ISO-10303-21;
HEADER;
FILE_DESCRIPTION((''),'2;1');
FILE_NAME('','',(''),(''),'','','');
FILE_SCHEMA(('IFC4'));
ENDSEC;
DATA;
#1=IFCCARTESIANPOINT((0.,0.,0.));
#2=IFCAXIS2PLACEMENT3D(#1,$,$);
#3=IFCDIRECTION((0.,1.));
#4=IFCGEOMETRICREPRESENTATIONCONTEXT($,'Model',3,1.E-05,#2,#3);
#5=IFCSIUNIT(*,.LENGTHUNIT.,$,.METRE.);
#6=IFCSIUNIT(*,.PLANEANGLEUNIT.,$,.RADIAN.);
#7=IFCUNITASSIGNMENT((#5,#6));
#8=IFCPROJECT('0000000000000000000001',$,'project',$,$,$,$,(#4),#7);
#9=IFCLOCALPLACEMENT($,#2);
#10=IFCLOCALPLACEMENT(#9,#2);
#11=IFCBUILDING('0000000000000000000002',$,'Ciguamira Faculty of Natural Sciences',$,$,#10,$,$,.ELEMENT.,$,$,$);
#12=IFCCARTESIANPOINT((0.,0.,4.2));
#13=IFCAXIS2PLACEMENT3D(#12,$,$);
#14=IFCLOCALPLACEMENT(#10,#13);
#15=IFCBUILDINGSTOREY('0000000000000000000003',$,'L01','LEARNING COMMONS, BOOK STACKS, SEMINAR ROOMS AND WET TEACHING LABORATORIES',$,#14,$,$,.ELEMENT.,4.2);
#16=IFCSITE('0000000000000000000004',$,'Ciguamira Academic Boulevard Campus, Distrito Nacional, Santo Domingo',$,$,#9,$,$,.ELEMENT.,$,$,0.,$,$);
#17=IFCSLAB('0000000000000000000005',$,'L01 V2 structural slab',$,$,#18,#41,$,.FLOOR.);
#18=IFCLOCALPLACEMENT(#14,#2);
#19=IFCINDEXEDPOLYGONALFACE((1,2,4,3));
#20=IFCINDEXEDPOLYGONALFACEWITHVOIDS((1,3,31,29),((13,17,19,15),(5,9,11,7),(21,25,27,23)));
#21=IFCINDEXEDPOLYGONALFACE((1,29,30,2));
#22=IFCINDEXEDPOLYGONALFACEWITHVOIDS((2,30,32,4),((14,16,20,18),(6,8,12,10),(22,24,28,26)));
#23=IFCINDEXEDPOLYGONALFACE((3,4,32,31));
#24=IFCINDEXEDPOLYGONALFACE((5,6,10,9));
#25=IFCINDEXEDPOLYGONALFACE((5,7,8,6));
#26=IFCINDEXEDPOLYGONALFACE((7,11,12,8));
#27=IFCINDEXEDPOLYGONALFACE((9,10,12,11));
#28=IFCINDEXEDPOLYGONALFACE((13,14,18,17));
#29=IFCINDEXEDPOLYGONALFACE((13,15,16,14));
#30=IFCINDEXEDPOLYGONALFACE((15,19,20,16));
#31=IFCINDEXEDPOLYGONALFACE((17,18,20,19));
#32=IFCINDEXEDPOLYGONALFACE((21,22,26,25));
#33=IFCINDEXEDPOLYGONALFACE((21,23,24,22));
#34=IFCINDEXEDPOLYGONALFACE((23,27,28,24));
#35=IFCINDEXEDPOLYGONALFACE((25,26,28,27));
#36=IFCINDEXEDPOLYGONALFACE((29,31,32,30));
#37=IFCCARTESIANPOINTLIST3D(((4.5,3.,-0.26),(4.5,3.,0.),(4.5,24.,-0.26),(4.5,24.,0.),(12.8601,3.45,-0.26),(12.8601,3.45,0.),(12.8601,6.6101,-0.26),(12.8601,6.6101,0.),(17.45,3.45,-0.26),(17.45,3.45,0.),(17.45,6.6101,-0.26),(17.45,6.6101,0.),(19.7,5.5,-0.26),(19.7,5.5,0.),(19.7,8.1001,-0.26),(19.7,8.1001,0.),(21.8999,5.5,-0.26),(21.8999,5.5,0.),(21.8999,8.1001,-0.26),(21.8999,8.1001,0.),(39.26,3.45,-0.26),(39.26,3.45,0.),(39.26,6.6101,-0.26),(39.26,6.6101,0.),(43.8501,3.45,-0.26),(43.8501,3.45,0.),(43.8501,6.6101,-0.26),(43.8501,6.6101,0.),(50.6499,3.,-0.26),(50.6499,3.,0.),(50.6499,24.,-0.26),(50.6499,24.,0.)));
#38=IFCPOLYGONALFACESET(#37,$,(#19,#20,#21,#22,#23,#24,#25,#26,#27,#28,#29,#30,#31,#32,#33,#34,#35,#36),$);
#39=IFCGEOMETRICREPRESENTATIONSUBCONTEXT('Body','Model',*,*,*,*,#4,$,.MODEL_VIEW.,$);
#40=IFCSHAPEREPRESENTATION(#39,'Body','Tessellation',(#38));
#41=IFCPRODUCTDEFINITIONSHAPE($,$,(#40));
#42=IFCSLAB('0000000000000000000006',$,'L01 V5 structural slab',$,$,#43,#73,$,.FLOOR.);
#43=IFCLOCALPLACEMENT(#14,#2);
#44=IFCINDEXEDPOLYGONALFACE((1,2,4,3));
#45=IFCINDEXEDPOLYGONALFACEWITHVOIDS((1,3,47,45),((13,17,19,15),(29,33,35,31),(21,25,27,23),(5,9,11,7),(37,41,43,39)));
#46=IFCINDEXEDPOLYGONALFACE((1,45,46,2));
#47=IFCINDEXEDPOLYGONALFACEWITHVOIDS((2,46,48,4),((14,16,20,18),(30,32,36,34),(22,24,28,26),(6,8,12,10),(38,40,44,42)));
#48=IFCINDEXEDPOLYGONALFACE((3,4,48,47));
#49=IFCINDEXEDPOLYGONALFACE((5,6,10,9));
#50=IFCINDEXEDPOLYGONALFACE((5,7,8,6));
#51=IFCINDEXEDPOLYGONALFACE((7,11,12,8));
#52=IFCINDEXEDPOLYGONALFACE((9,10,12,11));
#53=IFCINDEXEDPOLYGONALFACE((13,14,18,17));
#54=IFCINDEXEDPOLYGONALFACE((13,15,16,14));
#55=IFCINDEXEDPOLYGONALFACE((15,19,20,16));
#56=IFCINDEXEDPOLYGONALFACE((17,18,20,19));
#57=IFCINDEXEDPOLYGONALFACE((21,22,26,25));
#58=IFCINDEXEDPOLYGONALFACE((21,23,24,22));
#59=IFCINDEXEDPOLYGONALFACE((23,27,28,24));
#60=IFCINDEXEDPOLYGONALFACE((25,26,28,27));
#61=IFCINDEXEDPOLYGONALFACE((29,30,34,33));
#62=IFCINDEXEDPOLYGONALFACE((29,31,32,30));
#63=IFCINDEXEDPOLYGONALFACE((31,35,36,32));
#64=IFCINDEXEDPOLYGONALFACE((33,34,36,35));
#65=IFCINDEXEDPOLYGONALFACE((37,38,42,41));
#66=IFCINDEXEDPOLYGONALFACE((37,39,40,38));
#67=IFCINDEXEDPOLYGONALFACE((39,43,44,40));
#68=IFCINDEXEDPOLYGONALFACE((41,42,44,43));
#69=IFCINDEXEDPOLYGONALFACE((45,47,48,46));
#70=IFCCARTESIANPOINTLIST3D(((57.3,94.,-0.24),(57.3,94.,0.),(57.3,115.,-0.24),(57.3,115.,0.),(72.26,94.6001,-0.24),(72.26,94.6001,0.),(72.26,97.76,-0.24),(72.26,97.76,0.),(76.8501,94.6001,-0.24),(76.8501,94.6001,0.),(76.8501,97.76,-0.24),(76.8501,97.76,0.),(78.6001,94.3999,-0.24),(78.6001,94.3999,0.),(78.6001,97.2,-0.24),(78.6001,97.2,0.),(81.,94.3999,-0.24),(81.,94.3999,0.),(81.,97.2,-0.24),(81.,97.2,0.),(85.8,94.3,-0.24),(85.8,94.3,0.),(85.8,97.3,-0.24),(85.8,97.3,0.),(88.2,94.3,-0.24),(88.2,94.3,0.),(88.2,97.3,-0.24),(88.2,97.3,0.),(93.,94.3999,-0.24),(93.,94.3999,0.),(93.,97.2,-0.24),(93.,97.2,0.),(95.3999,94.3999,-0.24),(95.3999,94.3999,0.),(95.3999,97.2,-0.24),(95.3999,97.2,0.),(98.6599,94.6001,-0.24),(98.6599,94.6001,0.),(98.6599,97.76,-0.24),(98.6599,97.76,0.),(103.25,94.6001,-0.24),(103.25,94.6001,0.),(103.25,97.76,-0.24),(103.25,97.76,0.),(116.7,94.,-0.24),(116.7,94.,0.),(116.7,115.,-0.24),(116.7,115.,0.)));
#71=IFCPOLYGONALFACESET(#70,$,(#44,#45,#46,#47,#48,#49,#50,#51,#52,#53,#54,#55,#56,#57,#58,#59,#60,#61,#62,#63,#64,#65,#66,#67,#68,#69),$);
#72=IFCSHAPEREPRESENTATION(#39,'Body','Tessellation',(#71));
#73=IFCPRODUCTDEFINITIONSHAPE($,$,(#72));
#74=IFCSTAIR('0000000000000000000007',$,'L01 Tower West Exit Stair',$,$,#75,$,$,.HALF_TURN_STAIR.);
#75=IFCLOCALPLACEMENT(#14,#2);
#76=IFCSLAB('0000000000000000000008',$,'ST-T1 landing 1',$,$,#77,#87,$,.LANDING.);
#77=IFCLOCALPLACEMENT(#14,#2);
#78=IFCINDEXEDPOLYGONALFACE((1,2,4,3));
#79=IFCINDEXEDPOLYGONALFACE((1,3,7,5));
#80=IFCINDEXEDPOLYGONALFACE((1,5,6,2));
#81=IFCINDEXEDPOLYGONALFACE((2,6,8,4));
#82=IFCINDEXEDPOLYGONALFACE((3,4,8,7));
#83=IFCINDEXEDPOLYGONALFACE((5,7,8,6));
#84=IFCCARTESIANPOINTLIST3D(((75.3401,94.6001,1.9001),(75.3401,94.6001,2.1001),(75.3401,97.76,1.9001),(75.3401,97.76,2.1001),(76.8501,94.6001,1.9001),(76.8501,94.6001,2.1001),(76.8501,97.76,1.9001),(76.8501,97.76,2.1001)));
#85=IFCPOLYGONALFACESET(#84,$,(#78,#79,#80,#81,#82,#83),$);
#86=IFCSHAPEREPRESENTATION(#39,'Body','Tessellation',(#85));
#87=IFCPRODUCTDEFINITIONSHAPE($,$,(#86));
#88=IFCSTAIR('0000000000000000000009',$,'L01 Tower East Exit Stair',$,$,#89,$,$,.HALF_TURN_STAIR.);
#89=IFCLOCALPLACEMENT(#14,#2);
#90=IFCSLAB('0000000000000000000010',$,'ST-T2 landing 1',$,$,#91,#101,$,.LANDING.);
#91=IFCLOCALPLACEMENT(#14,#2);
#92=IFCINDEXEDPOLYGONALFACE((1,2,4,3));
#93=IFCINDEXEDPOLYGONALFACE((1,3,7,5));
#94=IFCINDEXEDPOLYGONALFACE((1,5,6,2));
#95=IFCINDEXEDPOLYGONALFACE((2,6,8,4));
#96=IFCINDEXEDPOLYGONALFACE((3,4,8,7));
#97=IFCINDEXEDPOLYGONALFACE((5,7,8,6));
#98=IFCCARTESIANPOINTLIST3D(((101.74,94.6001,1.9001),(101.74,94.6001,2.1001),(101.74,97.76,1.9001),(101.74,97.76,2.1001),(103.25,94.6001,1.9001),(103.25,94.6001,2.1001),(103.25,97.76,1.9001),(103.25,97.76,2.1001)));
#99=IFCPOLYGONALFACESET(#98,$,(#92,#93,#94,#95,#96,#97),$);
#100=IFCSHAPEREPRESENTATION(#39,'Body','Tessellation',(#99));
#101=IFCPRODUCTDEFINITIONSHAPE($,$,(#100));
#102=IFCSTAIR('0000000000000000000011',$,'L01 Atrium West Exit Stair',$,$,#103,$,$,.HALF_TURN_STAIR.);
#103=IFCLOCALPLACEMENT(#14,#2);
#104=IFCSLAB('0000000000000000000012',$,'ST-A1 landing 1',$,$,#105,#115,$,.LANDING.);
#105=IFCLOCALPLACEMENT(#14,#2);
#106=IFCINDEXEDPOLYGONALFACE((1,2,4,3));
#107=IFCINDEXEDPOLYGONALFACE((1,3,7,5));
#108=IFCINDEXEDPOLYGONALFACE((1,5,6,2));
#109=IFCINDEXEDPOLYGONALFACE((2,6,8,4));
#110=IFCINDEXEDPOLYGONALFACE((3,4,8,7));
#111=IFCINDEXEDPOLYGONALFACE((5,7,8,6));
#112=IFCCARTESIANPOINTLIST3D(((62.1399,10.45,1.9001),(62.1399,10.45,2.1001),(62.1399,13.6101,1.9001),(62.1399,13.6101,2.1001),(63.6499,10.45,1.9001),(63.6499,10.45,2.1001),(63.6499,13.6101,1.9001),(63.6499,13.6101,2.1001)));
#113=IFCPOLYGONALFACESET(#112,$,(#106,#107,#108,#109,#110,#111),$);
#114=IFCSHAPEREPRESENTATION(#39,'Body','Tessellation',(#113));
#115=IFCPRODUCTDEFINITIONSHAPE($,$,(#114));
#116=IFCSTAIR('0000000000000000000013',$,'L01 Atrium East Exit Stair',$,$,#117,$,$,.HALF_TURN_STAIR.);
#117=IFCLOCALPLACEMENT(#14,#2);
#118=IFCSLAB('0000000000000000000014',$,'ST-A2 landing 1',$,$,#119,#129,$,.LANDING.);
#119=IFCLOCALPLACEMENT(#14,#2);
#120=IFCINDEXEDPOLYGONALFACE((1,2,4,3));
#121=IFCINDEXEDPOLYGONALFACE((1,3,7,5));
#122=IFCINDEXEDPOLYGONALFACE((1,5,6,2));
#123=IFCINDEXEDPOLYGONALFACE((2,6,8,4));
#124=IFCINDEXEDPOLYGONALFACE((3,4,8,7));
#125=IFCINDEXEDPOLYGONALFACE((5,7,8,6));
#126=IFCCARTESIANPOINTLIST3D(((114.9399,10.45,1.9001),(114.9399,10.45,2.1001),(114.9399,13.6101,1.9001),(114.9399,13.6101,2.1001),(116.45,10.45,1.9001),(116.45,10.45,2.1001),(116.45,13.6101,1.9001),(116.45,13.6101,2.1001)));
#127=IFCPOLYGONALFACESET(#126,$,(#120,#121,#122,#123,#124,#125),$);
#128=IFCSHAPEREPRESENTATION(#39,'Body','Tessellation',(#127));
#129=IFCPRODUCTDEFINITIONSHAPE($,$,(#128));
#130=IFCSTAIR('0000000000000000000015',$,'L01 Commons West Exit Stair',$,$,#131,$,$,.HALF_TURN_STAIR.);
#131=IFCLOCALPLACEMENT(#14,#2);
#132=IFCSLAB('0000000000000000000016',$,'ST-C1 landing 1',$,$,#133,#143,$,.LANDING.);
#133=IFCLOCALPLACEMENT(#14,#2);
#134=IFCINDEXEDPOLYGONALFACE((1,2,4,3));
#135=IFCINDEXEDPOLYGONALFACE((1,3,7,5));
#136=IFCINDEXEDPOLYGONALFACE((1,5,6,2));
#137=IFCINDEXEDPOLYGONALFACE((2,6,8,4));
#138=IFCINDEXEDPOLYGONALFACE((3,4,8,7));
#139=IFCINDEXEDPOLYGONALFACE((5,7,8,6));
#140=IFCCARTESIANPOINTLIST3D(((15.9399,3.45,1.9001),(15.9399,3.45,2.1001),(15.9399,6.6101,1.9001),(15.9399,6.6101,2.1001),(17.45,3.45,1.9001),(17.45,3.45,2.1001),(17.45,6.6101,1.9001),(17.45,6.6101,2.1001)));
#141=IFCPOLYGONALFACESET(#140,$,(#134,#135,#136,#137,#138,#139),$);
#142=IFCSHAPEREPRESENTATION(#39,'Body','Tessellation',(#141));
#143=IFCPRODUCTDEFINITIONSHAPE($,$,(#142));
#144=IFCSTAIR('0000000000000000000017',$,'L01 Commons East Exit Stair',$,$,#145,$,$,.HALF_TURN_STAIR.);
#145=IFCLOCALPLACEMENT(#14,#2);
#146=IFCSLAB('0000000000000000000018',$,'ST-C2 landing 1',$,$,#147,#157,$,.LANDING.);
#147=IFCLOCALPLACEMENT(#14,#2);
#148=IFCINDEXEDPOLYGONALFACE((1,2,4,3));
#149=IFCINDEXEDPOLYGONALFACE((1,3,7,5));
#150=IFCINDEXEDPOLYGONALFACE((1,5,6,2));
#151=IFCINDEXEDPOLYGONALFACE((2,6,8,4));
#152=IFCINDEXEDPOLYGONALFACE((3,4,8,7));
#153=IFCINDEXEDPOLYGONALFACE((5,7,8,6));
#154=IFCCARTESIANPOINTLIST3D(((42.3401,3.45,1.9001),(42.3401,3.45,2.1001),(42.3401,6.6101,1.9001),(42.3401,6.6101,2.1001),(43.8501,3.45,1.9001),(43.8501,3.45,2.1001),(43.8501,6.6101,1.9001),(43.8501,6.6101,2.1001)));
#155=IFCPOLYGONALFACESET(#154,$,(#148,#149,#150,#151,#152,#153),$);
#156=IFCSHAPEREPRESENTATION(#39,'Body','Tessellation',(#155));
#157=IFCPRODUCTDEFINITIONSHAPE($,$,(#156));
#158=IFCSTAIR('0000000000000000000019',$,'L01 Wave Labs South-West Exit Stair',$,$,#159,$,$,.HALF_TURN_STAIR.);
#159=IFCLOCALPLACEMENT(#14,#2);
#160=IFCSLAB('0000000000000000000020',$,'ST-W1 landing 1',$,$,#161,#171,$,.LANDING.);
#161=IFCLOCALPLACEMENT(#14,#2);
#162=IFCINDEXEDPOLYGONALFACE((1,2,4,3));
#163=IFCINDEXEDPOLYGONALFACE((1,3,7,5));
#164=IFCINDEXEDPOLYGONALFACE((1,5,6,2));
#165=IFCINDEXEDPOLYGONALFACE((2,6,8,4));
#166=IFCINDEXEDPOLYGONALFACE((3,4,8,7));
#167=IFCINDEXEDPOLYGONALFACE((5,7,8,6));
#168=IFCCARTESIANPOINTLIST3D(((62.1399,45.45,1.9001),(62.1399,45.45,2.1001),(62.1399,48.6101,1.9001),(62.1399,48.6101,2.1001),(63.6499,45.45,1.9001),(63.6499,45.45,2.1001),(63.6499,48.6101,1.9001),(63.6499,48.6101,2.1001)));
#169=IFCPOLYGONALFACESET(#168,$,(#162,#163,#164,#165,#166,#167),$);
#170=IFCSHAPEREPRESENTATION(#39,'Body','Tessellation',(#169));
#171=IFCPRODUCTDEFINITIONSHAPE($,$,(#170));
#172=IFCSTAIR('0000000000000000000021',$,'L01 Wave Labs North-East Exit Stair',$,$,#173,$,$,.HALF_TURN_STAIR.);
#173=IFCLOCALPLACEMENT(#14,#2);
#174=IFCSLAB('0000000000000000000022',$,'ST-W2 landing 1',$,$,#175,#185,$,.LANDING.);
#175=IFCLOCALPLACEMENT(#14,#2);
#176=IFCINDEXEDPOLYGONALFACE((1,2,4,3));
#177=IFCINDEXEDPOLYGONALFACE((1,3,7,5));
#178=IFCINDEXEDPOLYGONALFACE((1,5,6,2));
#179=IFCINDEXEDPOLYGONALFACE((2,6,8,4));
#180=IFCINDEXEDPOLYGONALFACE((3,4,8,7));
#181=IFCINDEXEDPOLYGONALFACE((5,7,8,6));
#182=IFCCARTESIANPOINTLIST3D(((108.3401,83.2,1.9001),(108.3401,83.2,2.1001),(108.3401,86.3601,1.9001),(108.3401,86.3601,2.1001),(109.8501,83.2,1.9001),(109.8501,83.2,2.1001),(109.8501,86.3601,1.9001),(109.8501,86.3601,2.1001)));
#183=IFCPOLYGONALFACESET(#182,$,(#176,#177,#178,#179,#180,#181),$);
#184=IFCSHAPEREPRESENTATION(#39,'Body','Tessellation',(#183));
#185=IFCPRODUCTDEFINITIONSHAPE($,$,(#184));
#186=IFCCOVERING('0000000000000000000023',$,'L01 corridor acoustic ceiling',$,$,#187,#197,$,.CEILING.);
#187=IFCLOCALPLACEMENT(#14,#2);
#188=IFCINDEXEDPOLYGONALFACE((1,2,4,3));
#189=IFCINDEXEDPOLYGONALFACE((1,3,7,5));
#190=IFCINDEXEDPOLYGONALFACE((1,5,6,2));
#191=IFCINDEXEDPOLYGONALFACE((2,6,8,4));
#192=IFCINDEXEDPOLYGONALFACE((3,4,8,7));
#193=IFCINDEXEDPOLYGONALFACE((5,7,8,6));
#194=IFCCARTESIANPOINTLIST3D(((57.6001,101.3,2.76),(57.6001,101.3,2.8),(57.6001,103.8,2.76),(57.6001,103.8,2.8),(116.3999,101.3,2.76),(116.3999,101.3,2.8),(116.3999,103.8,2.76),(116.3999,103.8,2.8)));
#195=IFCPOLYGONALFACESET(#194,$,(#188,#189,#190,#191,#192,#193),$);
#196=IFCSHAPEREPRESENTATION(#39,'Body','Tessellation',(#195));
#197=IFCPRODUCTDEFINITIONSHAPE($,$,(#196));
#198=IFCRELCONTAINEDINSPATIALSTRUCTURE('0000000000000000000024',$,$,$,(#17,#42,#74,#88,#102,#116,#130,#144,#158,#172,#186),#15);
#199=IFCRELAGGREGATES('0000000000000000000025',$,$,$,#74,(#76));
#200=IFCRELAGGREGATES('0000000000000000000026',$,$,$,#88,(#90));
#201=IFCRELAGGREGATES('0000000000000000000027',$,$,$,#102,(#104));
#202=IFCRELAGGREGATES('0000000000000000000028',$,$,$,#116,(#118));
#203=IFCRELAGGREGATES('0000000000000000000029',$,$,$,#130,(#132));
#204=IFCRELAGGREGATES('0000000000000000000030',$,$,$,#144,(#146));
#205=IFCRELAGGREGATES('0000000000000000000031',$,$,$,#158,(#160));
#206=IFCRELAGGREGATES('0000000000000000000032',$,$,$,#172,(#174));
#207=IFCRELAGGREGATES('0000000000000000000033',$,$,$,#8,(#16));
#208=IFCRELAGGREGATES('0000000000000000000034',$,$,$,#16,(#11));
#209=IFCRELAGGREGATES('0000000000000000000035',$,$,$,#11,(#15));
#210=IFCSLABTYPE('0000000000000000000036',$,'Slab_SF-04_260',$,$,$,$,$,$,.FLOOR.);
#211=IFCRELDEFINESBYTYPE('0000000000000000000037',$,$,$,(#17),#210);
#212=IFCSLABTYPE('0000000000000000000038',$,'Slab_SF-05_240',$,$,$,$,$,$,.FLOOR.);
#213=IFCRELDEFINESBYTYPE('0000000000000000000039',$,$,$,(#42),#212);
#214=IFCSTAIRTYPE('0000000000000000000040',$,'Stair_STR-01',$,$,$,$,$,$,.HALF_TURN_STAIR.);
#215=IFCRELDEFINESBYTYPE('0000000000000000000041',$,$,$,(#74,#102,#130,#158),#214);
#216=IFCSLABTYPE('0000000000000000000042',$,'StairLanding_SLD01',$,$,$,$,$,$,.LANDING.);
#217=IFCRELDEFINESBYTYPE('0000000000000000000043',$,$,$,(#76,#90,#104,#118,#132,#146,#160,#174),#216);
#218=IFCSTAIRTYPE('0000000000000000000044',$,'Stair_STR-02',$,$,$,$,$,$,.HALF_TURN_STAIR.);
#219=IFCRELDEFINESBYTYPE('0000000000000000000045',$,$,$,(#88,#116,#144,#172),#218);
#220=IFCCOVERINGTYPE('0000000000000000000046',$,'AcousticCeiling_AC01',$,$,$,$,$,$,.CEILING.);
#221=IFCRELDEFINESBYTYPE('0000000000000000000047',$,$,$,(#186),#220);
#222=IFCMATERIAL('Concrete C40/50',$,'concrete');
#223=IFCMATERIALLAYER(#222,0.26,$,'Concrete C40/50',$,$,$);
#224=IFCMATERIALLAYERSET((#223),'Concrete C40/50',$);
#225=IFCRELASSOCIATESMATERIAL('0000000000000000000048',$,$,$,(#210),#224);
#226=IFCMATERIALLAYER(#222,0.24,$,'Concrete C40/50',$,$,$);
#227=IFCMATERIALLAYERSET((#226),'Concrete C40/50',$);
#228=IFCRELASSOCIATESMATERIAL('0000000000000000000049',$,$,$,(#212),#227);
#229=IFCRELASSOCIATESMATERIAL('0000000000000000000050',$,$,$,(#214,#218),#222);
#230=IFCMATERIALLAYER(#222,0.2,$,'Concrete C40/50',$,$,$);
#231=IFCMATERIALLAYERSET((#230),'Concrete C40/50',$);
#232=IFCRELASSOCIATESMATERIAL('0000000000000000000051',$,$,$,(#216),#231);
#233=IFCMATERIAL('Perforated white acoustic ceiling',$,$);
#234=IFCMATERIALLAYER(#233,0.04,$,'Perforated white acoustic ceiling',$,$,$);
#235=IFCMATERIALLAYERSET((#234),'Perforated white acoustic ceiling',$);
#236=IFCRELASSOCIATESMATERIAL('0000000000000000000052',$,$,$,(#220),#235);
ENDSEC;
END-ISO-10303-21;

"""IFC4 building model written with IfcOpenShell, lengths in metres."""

from ifc_helpers import new_model, si_unit, direction, frame, origin, place, context, subcontext, project, spatial, polyline, outline, extrude, material, layer, layer_set, type_object, element, aggregate, save


model = new_model("IFC4")

# Units and contexts
model_context = context("Model", 3, precision=1e-05, world=origin(), true_north=direction((0.0, 1.0)))
body_context = subcontext(model_context, "Body", "Model", "MODEL_VIEW")
ifc_project = project(units=[si_unit("LENGTHUNIT", "METRE"), si_unit("PLANEANGLEUNIT", "RADIAN")], contexts=[model_context])

# Site, building, storey
site_placement = place(None, origin())
site = spatial("IfcSite", under=ifc_project, at=site_placement, Name="Ciguamira Academic Boulevard Campus, Distrito Nacional, Santo Domingo", CompositionType="ELEMENT", RefElevation=0.0)
building_placement = place(site_placement, origin())
building = spatial("IfcBuilding", under=site, at=building_placement, Name="Ciguamira Faculty of Natural Sciences", CompositionType="ELEMENT")
storey_placement = place(building_placement, frame((0.0, 0.0, 4.2)))
storey = spatial("IfcBuildingStorey", under=building, at=storey_placement, Name="L01", Description="LEARNING COMMONS, BOOK STACKS, SEMINAR ROOMS AND WET TEACHING LABORATORIES", CompositionType="ELEMENT", Elevation=4.2)

# Slabs
ifc_material_1 = material(Name="Concrete C40/50", Category="concrete")
ifc_layer_1 = layer(ifc_material_1, 0.26, Name="Concrete C40/50")
ifc_layer_set_1 = layer_set([ifc_layer_1], Name="Concrete C40/50")
slab_type_1 = type_object("IfcSlabType", Name="Slab_SF-04_260", PredefinedType="FLOOR", material=ifc_layer_set_1)
slab_1_placement = place(storey_placement, frame((0.0, 0.0, -0.26)))
element("IfcSlab", 1, at=slab_1_placement, inside=storey, type_object=slab_type_1, Name="L01 V2 structural slab", PredefinedType="FLOOR", context=body_context, shape_type="SweptSolid", body=[
    extrude(outline(polyline([(4.5, 3.0), (50.6499, 3.0), (50.6499, 24.0), (4.5, 24.0), (4.5, 3.0)]), holes=[polyline([(12.8601, 3.45), (17.45, 3.45), (17.45, 6.6101), (12.8601, 6.6101), (12.8601, 3.45)]), polyline([(39.26, 3.45), (43.8501, 3.45), (43.8501, 6.6101), (39.26, 6.6101), (39.26, 3.45)]), polyline([(19.7, 5.5), (21.8999, 5.5), (21.8999, 8.1001), (19.7, 8.1001), (19.7, 5.5)])]), origin(), (0.0, 0.0, 1.0), 0.26),
])
ifc_layer_2 = layer(ifc_material_1, 0.24, Name="Concrete C40/50")
ifc_layer_set_2 = layer_set([ifc_layer_2], Name="Concrete C40/50")
slab_type_2 = type_object("IfcSlabType", Name="Slab_SF-05_240", PredefinedType="FLOOR", material=ifc_layer_set_2)
slab_2_placement = place(storey_placement, frame((0.0, 0.0, -0.24)))
element("IfcSlab", 2, at=slab_2_placement, inside=storey, type_object=slab_type_2, Name="L01 V5 structural slab", PredefinedType="FLOOR", context=body_context, shape_type="SweptSolid", body=[
    extrude(outline(polyline([(57.3, 94.0), (116.7, 94.0), (116.7, 115.0), (57.3, 115.0), (57.3, 94.0)]), holes=[polyline([(72.26, 94.6001), (76.8501, 94.6001), (76.8501, 97.76), (72.26, 97.76), (72.26, 94.6001)]), polyline([(98.6599, 94.6001), (103.25, 94.6001), (103.25, 97.76), (98.6599, 97.76), (98.6599, 94.6001)]), polyline([(78.6001, 94.3999), (81.0, 94.3999), (81.0, 97.2), (78.6001, 97.2), (78.6001, 94.3999)]), polyline([(93.0, 94.3999), (95.3999, 94.3999), (95.3999, 97.2), (93.0, 97.2), (93.0, 94.3999)]), polyline([(85.8, 94.3), (88.2, 94.3), (88.2, 97.3), (85.8, 97.3), (85.8, 94.3)])]), origin(), (0.0, 0.0, 1.0), 0.24),
])

# Stairs, slabs
stair_type_1 = type_object("IfcStairType", Name="Stair_STR-01", PredefinedType="HALF_TURN_STAIR", material=ifc_material_1)
stair_1_placement = place(storey_placement, origin())
stair_1 = element("IfcStair", 3, at=stair_1_placement, inside=storey, type_object=stair_type_1, Name="L01 Tower West Exit Stair", PredefinedType="HALF_TURN_STAIR")
ifc_layer_3 = layer(ifc_material_1, 0.2, Name="Concrete C40/50")
ifc_layer_set_3 = layer_set([ifc_layer_3], Name="Concrete C40/50")
slab_type_3 = type_object("IfcSlabType", Name="StairLanding_SLD01", PredefinedType="LANDING", material=ifc_layer_set_3)
slab_3_placement = place(storey_placement, frame((0.0, 0.0, 1.9001)))
slab_3 = element("IfcSlab", 4, at=slab_3_placement, type_object=slab_type_3, Name="ST-T1 landing 1", PredefinedType="LANDING", context=body_context, shape_type="SweptSolid", body=[
    extrude(outline(polyline([(75.3401, 94.6001), (76.8501, 94.6001), (76.8501, 97.76), (75.3401, 97.76), (75.3401, 94.6001)])), origin(), (0.0, 0.0, 1.0), 0.2),
])
aggregate(stair_1, [slab_3])
stair_type_2 = type_object("IfcStairType", Name="Stair_STR-02", PredefinedType="HALF_TURN_STAIR", material=ifc_material_1)
stair_2_placement = place(storey_placement, origin())
stair_2 = element("IfcStair", 5, at=stair_2_placement, inside=storey, type_object=stair_type_2, Name="L01 Tower East Exit Stair", PredefinedType="HALF_TURN_STAIR")
slab_4_placement = place(storey_placement, frame((0.0, 0.0, 1.9001)))
slab_4 = element("IfcSlab", 6, at=slab_4_placement, type_object=slab_type_3, Name="ST-T2 landing 1", PredefinedType="LANDING", context=body_context, shape_type="SweptSolid", body=[
    extrude(outline(polyline([(101.74, 94.6001), (103.25, 94.6001), (103.25, 97.76), (101.74, 97.76), (101.74, 94.6001)])), origin(), (0.0, 0.0, 1.0), 0.2),
])
aggregate(stair_2, [slab_4])
stair_3_placement = place(storey_placement, origin())
stair_3 = element("IfcStair", 7, at=stair_3_placement, inside=storey, type_object=stair_type_1, Name="L01 Atrium West Exit Stair", PredefinedType="HALF_TURN_STAIR")
slab_5_placement = place(storey_placement, frame((0.0, 0.0, 1.9001)))
slab_5 = element("IfcSlab", 8, at=slab_5_placement, type_object=slab_type_3, Name="ST-A1 landing 1", PredefinedType="LANDING", context=body_context, shape_type="SweptSolid", body=[
    extrude(outline(polyline([(62.1399, 10.45), (63.6499, 10.45), (63.6499, 13.6101), (62.1399, 13.6101), (62.1399, 10.45)])), origin(), (0.0, 0.0, 1.0), 0.2),
])
aggregate(stair_3, [slab_5])
stair_4_placement = place(storey_placement, origin())
stair_4 = element("IfcStair", 9, at=stair_4_placement, inside=storey, type_object=stair_type_2, Name="L01 Atrium East Exit Stair", PredefinedType="HALF_TURN_STAIR")
slab_6_placement = place(storey_placement, frame((0.0, 0.0, 1.9001)))
slab_6 = element("IfcSlab", 10, at=slab_6_placement, type_object=slab_type_3, Name="ST-A2 landing 1", PredefinedType="LANDING", context=body_context, shape_type="SweptSolid", body=[
    extrude(outline(polyline([(114.9399, 10.45), (116.45, 10.45), (116.45, 13.6101), (114.9399, 13.6101), (114.9399, 10.45)])), origin(), (0.0, 0.0, 1.0), 0.2),
])
aggregate(stair_4, [slab_6])
stair_5_placement = place(storey_placement, origin())
stair_5 = element("IfcStair", 11, at=stair_5_placement, inside=storey, type_object=stair_type_1, Name="L01 Commons West Exit Stair", PredefinedType="HALF_TURN_STAIR")
slab_7_placement = place(storey_placement, frame((0.0, 0.0, 1.9001)))
slab_7 = element("IfcSlab", 12, at=slab_7_placement, type_object=slab_type_3, Name="ST-C1 landing 1", PredefinedType="LANDING", context=body_context, shape_type="SweptSolid", body=[
    extrude(outline(polyline([(15.9399, 3.45), (17.45, 3.45), (17.45, 6.6101), (15.9399, 6.6101), (15.9399, 3.45)])), origin(), (0.0, 0.0, 1.0), 0.2),
])
aggregate(stair_5, [slab_7])
stair_6_placement = place(storey_placement, origin())
stair_6 = element("IfcStair", 13, at=stair_6_placement, inside=storey, type_object=stair_type_2, Name="L01 Commons East Exit Stair", PredefinedType="HALF_TURN_STAIR")
slab_8_placement = place(storey_placement, frame((0.0, 0.0, 1.9001)))
slab_8 = element("IfcSlab", 14, at=slab_8_placement, type_object=slab_type_3, Name="ST-C2 landing 1", PredefinedType="LANDING", context=body_context, shape_type="SweptSolid", body=[
    extrude(outline(polyline([(42.3401, 3.45), (43.8501, 3.45), (43.8501, 6.6101), (42.3401, 6.6101), (42.3401, 3.45)])), origin(), (0.0, 0.0, 1.0), 0.2),
])
aggregate(stair_6, [slab_8])
stair_7_placement = place(storey_placement, origin())
stair_7 = element("IfcStair", 15, at=stair_7_placement, inside=storey, type_object=stair_type_1, Name="L01 Wave Labs South-West Exit Stair", PredefinedType="HALF_TURN_STAIR")
slab_9_placement = place(storey_placement, frame((0.0, 0.0, 1.9001)))
slab_9 = element("IfcSlab", 16, at=slab_9_placement, type_object=slab_type_3, Name="ST-W1 landing 1", PredefinedType="LANDING", context=body_context, shape_type="SweptSolid", body=[
    extrude(outline(polyline([(62.1399, 45.45), (63.6499, 45.45), (63.6499, 48.6101), (62.1399, 48.6101), (62.1399, 45.45)])), origin(), (0.0, 0.0, 1.0), 0.2),
])
aggregate(stair_7, [slab_9])
stair_8_placement = place(storey_placement, origin())
stair_8 = element("IfcStair", 17, at=stair_8_placement, inside=storey, type_object=stair_type_2, Name="L01 Wave Labs North-East Exit Stair", PredefinedType="HALF_TURN_STAIR")
slab_10_placement = place(storey_placement, frame((0.0, 0.0, 1.9001)))
slab_10 = element("IfcSlab", 18, at=slab_10_placement, type_object=slab_type_3, Name="ST-W2 landing 1", PredefinedType="LANDING", context=body_context, shape_type="SweptSolid", body=[
    extrude(outline(polyline([(108.3401, 83.2), (109.8501, 83.2), (109.8501, 86.3601), (108.3401, 86.3601), (108.3401, 83.2)])), origin(), (0.0, 0.0, 1.0), 0.2),
])
aggregate(stair_8, [slab_10])

# Covering
ifc_material_2 = material(Name="Perforated white acoustic ceiling")
ifc_layer_4 = layer(ifc_material_2, 0.04, Name="Perforated white acoustic ceiling")
ifc_layer_set_4 = layer_set([ifc_layer_4], Name="Perforated white acoustic ceiling")
covering_type = type_object("IfcCoveringType", Name="AcousticCeiling_AC01", PredefinedType="CEILING", material=ifc_layer_set_4)
covering_1_placement = place(storey_placement, frame((0.0, 0.0, 2.76)))
element("IfcCovering", 19, at=covering_1_placement, inside=storey, type_object=covering_type, Name="L01 corridor acoustic ceiling", PredefinedType="CEILING", context=body_context, shape_type="SweptSolid", body=[
    extrude(outline(polyline([(57.6001, 101.3), (116.3999, 101.3), (116.3999, 103.8), (57.6001, 103.8), (57.6001, 101.3)])), origin(), (0.0, 0.0, 1.0), 0.04),
])

save(model, "model.ifc")
